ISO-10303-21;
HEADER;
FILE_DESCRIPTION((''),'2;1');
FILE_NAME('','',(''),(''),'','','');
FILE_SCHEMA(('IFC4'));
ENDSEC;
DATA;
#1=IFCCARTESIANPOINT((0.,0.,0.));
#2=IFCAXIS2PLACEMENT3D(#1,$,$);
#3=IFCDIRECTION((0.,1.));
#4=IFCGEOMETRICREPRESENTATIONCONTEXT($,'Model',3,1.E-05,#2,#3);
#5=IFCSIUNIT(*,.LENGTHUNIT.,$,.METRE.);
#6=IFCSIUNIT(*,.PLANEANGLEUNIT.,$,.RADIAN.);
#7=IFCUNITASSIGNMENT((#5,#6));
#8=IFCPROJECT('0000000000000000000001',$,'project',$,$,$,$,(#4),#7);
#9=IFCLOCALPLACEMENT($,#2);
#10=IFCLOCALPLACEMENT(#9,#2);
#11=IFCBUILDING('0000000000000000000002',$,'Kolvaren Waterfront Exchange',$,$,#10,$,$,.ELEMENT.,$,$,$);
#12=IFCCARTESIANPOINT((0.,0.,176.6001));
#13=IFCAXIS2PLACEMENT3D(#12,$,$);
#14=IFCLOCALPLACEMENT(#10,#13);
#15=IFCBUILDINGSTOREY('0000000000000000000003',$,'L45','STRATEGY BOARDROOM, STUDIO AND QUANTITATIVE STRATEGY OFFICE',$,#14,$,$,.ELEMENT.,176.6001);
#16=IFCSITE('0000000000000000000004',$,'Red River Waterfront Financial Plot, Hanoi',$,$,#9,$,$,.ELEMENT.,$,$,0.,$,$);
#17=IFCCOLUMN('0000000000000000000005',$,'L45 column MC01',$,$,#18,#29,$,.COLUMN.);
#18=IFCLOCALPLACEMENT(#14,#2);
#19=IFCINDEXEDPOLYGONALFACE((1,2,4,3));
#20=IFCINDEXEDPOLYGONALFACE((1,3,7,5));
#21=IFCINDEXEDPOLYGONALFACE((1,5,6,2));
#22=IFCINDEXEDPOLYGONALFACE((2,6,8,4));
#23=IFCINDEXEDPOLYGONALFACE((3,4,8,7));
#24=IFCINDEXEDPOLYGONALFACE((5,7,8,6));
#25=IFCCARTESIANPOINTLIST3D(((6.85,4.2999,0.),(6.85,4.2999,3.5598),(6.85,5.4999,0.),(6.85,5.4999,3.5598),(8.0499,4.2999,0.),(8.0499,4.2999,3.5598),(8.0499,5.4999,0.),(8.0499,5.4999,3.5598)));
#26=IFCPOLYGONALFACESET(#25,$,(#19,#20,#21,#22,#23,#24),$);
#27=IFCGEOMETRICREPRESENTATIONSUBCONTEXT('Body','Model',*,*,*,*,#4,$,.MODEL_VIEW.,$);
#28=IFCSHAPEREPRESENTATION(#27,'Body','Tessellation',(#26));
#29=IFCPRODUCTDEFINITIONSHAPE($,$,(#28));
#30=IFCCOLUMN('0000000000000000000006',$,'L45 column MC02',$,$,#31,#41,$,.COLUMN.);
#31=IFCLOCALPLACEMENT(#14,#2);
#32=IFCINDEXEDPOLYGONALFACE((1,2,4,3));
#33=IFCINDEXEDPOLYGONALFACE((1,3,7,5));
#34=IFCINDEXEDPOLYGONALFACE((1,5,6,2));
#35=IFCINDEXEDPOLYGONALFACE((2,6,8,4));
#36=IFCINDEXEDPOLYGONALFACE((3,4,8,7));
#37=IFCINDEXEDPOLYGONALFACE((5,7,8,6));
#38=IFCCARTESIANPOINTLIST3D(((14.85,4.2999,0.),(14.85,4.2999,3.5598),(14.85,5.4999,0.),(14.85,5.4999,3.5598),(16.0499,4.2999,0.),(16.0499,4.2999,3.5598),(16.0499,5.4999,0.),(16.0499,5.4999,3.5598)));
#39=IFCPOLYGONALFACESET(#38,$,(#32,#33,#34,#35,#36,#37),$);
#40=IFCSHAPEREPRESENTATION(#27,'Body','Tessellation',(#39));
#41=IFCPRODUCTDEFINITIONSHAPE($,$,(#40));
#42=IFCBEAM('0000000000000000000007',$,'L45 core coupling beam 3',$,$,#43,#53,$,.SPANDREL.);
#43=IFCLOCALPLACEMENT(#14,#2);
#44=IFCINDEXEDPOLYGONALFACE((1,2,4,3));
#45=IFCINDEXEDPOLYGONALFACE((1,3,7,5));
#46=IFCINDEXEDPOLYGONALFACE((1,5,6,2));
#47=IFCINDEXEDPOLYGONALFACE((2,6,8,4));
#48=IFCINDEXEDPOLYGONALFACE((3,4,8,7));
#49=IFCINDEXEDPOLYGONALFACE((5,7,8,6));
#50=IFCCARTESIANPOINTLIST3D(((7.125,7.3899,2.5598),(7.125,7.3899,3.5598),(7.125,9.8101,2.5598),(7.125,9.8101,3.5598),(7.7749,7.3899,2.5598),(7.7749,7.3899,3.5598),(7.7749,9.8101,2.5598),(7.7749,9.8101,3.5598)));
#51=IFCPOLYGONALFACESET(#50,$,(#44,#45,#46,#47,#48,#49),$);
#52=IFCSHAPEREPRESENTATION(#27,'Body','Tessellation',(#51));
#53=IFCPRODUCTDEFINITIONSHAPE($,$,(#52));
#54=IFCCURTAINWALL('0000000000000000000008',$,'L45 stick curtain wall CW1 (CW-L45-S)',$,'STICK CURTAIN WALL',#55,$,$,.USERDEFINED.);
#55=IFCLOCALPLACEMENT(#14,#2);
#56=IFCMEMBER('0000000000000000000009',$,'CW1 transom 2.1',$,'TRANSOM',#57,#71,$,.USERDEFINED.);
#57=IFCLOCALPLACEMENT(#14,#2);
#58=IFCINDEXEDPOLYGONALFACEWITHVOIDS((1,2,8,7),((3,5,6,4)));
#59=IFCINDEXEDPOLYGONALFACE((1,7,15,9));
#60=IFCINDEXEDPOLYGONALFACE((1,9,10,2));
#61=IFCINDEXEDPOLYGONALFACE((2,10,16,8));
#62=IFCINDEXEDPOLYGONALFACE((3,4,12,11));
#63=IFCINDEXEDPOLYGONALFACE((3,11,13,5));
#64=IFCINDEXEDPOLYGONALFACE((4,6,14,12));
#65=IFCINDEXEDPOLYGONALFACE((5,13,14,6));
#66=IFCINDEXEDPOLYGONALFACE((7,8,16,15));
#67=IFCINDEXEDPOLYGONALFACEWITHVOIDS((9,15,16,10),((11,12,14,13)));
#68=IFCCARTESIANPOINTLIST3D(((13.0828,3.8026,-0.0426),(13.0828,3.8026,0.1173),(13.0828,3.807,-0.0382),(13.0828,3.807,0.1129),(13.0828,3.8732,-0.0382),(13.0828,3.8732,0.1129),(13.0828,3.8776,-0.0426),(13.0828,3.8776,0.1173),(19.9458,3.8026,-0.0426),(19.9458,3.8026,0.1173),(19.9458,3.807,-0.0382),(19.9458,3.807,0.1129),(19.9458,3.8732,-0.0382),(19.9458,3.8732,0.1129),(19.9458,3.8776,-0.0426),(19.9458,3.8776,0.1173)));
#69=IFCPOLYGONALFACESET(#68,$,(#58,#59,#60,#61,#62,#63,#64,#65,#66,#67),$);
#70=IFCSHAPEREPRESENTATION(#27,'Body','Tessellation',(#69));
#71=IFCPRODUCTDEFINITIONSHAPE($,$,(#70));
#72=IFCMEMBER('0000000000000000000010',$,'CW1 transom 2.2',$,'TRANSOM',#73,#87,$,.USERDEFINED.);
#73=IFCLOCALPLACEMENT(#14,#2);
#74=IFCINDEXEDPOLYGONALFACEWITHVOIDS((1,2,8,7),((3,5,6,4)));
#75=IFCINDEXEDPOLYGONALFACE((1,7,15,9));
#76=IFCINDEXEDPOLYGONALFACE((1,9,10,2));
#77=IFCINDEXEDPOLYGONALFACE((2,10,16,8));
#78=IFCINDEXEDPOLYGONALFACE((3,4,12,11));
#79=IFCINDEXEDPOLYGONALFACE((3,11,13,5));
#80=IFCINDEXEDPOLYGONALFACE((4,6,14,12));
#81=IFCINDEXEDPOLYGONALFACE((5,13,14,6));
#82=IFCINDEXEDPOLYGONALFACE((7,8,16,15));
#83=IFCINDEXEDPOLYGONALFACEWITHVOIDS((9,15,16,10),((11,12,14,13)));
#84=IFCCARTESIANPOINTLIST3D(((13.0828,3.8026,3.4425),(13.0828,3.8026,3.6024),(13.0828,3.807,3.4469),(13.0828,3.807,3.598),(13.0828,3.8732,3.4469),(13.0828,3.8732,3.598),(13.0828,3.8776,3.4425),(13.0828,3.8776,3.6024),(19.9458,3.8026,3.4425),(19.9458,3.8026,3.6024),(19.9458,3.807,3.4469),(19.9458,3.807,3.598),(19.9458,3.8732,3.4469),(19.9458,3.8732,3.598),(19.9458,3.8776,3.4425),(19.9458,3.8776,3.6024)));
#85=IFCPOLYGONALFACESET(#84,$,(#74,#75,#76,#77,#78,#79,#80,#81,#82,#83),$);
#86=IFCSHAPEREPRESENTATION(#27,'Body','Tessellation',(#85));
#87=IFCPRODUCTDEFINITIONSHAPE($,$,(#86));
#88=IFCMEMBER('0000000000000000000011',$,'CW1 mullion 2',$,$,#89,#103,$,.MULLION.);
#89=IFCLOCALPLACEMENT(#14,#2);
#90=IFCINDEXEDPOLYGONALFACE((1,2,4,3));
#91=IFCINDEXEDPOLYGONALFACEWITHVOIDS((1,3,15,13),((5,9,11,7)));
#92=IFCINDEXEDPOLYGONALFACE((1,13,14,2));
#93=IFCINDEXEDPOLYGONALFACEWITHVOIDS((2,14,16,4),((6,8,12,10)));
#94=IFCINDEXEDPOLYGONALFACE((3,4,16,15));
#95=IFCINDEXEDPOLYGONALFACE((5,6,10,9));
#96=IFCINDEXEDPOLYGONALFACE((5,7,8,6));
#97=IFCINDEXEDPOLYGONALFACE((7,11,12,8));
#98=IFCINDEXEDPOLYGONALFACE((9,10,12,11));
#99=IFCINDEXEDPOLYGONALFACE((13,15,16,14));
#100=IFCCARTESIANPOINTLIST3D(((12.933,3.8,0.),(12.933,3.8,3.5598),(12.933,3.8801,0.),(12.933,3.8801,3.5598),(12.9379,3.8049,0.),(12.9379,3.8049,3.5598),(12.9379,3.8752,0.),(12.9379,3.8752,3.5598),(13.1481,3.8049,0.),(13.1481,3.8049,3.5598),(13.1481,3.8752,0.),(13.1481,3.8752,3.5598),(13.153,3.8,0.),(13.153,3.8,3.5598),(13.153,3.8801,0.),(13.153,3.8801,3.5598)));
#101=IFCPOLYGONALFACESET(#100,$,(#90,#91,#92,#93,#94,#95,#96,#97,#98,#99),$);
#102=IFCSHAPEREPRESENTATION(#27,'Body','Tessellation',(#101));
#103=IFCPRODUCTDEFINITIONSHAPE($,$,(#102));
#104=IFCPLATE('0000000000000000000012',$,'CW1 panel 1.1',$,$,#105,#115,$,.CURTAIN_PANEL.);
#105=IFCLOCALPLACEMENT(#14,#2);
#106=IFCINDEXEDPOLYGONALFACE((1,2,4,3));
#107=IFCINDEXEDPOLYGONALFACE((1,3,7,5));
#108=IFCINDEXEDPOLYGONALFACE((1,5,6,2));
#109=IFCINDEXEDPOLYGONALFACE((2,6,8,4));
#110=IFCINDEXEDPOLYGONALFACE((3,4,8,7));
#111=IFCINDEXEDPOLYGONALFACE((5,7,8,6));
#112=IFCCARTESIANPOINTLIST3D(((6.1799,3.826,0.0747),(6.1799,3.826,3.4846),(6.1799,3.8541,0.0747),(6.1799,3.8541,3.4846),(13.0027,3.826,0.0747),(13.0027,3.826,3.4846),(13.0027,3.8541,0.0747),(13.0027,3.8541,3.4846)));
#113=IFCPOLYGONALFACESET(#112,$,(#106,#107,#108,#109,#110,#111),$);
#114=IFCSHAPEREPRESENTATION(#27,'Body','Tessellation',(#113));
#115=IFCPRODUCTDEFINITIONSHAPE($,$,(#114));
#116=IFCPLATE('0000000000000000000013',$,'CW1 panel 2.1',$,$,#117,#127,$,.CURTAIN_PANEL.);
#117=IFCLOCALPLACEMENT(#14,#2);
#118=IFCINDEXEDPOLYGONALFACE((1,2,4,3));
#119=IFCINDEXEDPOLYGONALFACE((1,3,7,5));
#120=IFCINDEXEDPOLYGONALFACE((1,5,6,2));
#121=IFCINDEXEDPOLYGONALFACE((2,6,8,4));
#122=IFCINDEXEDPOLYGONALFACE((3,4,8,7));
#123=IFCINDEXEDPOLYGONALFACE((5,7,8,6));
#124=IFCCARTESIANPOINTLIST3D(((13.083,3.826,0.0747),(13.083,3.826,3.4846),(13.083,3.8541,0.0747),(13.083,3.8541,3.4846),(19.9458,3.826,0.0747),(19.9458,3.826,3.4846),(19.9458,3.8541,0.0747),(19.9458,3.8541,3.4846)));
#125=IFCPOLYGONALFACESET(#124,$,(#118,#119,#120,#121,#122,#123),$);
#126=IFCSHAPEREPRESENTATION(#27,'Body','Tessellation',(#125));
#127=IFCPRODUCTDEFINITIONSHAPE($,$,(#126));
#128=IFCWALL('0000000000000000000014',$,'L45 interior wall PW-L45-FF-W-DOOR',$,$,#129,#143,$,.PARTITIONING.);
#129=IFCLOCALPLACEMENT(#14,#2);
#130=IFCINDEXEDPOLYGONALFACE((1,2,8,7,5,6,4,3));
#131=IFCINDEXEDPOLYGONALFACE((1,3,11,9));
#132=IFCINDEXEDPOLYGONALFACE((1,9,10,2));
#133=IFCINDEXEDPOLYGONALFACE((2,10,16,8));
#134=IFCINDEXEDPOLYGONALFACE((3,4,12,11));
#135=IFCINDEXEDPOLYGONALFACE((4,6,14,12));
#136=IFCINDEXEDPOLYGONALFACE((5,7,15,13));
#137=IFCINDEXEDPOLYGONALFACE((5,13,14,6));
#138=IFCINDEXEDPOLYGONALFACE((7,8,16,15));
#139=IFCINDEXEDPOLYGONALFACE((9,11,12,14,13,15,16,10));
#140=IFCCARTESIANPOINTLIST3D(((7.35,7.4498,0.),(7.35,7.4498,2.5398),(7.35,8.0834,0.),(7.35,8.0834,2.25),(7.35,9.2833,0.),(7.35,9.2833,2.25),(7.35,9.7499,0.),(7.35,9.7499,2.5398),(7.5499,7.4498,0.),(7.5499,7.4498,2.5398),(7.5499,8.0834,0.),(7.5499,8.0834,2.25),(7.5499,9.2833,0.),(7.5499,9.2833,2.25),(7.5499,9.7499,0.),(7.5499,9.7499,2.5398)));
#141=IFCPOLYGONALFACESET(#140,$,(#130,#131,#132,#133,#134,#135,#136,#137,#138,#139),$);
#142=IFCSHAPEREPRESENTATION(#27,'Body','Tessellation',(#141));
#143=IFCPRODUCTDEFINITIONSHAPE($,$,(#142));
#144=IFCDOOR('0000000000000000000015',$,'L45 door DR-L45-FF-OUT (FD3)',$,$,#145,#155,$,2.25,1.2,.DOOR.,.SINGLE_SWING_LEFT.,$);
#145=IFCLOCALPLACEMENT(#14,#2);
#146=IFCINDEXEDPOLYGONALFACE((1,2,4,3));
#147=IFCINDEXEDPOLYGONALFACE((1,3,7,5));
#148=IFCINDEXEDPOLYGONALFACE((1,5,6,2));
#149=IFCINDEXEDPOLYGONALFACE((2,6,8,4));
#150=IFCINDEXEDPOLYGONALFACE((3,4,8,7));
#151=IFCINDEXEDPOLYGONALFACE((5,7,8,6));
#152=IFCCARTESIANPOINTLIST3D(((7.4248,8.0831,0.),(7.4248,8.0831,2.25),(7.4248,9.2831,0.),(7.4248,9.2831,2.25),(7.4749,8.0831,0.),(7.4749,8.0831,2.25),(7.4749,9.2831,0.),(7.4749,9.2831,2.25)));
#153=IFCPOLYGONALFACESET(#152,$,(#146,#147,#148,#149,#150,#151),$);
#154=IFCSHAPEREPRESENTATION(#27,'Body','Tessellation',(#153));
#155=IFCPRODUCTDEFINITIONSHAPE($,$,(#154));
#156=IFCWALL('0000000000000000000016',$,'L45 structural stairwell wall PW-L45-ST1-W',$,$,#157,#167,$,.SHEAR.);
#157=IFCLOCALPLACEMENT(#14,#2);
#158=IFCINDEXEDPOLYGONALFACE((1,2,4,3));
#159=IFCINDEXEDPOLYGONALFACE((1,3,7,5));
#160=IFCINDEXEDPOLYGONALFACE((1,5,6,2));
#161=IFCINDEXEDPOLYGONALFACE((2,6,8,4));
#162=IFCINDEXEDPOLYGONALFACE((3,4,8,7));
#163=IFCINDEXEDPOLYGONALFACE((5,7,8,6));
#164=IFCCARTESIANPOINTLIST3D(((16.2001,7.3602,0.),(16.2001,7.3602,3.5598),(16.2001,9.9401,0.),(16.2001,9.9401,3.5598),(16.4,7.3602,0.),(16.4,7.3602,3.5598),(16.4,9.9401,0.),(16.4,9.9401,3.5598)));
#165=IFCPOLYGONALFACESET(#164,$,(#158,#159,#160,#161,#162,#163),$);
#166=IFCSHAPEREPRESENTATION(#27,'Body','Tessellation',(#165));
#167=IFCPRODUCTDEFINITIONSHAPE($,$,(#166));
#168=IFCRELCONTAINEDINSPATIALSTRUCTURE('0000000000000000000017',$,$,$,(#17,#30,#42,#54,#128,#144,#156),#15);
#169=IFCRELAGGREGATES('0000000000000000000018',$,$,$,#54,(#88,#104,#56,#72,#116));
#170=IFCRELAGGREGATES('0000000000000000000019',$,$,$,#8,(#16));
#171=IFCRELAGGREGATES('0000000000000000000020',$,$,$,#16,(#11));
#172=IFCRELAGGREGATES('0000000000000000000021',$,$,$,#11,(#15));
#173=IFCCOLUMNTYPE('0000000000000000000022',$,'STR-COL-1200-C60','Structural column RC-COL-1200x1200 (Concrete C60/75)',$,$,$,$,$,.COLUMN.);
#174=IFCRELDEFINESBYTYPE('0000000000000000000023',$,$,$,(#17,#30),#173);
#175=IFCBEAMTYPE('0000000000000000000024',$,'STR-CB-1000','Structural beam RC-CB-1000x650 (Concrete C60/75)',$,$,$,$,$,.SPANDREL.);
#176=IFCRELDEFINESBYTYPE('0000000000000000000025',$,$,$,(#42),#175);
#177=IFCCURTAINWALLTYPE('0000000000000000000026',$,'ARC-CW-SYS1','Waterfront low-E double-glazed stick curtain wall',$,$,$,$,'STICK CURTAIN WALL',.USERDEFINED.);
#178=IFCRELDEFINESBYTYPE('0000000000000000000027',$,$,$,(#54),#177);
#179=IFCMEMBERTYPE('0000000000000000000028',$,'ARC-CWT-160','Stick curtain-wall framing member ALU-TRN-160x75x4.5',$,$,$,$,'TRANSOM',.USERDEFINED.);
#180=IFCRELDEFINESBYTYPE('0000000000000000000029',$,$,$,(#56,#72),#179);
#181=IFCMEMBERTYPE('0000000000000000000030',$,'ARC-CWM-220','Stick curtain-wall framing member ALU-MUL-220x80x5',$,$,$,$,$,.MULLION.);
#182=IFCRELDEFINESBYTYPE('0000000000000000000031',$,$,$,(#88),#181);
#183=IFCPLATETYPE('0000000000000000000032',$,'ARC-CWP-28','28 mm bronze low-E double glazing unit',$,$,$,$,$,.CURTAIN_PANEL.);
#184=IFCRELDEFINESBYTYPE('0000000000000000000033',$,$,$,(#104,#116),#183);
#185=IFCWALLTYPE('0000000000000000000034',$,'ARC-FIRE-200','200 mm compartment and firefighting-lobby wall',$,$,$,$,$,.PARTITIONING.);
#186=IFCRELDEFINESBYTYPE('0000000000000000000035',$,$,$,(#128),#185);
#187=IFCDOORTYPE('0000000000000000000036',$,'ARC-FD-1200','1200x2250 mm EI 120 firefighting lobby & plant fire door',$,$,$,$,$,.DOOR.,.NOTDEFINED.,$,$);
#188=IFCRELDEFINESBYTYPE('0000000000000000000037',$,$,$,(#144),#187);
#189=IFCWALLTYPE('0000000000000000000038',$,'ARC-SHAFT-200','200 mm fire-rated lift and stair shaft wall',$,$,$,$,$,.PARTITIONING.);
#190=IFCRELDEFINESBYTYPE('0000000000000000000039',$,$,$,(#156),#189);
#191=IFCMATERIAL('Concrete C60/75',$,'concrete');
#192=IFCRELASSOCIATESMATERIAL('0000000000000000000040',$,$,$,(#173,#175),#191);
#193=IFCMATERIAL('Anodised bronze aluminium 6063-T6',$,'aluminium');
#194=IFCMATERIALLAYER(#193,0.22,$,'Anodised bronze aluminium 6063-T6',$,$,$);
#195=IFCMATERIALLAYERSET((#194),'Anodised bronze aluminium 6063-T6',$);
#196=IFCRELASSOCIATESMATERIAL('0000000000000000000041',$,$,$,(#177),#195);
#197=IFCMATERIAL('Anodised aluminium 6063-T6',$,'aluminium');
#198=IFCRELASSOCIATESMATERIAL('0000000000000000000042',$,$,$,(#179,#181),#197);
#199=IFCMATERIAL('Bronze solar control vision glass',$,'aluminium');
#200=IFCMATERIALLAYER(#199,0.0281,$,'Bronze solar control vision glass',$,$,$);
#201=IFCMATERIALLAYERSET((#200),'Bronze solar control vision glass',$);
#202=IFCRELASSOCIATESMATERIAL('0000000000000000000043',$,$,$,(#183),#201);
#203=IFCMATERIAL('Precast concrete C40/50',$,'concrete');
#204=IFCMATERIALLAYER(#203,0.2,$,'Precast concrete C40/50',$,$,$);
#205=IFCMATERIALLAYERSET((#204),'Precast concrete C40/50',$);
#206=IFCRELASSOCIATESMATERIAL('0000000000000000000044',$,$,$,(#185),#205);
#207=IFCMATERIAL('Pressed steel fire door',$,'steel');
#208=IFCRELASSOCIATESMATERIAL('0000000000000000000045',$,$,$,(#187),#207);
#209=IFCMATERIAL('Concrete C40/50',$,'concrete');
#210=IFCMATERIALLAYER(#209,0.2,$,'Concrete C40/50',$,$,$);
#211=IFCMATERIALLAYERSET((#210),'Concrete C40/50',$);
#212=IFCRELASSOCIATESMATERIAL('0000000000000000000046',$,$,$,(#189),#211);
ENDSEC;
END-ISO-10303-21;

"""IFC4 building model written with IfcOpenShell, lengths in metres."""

from ifc_helpers import new_model, si_unit, direction, frame, frame_2d, origin, origin_with_axes, origin_2d, place, context, subcontext, project, spatial, rectangle, hollow_rectangle, extrude, source, transform, mapped, material, layer, layer_set, material_profile, profile_set, type_object, element, fill, aggregate, save


model = new_model("IFC4")

# Units and contexts
model_context = context("Model", 3, precision=1e-05, world=origin(), true_north=direction((0.0, 1.0)))
body_context = subcontext(model_context, "Body", "Model", "MODEL_VIEW")
ifc_project = project(units=[si_unit("LENGTHUNIT", "METRE"), si_unit("PLANEANGLEUNIT", "RADIAN")], contexts=[model_context])

# Site, building, storey
site_placement = place(None, origin())
site = spatial("IfcSite", under=ifc_project, at=site_placement, Name="Red River Waterfront Financial Plot, Hanoi", CompositionType="ELEMENT", RefElevation=0.0)
building_placement = place(site_placement, origin())
building = spatial("IfcBuilding", under=site, at=building_placement, Name="Kolvaren Waterfront Exchange", CompositionType="ELEMENT")
storey_placement = place(building_placement, frame((0.0, 0.0, 176.6001)))
storey = spatial("IfcBuildingStorey", under=building, at=storey_placement, Name="L45", Description="STRATEGY BOARDROOM, STUDIO AND QUANTITATIVE STRATEGY OFFICE", CompositionType="ELEMENT", Elevation=176.6001)

# Columns
ifc_material_1 = material(Name="Concrete C60/75", Category="concrete")
ifc_material_profile_1 = material_profile(ifc_material_1, rectangle(XDim=1.2, YDim=1.2, at=origin_2d()), Name="RC-COL-1200x1200")
ifc_profile_set_1 = profile_set([ifc_material_profile_1], Name="Concrete C60/75")
column_type = type_object("IfcColumnType", Name="STR-COL-1200-C60", Description="Structural column RC-COL-1200x1200 (Concrete C60/75)", PredefinedType="COLUMN", material=ifc_profile_set_1)
for number, where, z_axis, x_axis, name in (
    (1, (7.45, 4.8999, 0.0), (0.0, 0.0, 1.0), (1.0, 0.0, 0.0), "L45 column MC01"),
    (2, (15.45, 4.8999, 0.0), (0.0, 0.0, 1.0), (1.0, 0.0, 0.0), "L45 column MC02"),
):
    element("IfcColumn", number, at=place(storey_placement, frame(where, z_axis=z_axis, x_axis=x_axis)), inside=storey, type_object=column_type, Name=name, PredefinedType="COLUMN", context=body_context, shape_type="SweptSolid", body=[
        extrude(rectangle(XDim=1.2, YDim=1.2, at=origin_2d()), origin(), (0.0, 0.0, 1.0), 3.5598),
    ])

# Beam
ifc_material_profile_2 = material_profile(ifc_material_1, rectangle(XDim=0.6499, YDim=1.0, at=origin_2d()), Name="RC-CB-1000x650")
ifc_profile_set_2 = profile_set([ifc_material_profile_2], Name="Concrete C60/75")
beam_type = type_object("IfcBeamType", Name="STR-CB-1000", Description="Structural beam RC-CB-1000x650 (Concrete C60/75)", PredefinedType="SPANDREL", material=ifc_profile_set_2)
beam_placement = place(storey_placement, frame((7.45, 7.3899, 3.0598), z_axis=(0.0, 1.0, 0.0), x_axis=(-1.0, 0.0, 0.0)))
element("IfcBeam", 3, at=beam_placement, inside=storey, type_object=beam_type, Name="L45 core coupling beam 3", PredefinedType="SPANDREL", context=body_context, shape_type="SweptSolid", body=[
    extrude(rectangle(XDim=0.6499, YDim=1.0, at=origin_2d()), origin(), (0.0, 0.0, 1.0), 2.4202),
])

# Curtain wall, members, plates
ifc_material_2 = material(Name="Anodised bronze aluminium 6063-T6", Category="aluminium")
ifc_layer_1 = layer(ifc_material_2, 0.22, Name="Anodised bronze aluminium 6063-T6")
ifc_layer_set_1 = layer_set([ifc_layer_1], Name="Anodised bronze aluminium 6063-T6")
curtain_wall_type = type_object("IfcCurtainWallType", Name="ARC-CW-SYS1", Description="Waterfront low-E double-glazed stick curtain wall", ElementType="STICK CURTAIN WALL", PredefinedType="USERDEFINED", material=ifc_layer_set_1)
curtain_wall_placement = place(storey_placement, origin())
curtain_wall = element("IfcCurtainWall", 4, at=curtain_wall_placement, inside=storey, type_object=curtain_wall_type, Name="L45 stick curtain wall CW1 (CW-L45-S)", ObjectType="STICK CURTAIN WALL", PredefinedType="USERDEFINED")
ifc_material_3 = material(Name="Anodised aluminium 6063-T6", Category="aluminium")
ifc_material_profile_3 = material_profile(ifc_material_3, hollow_rectangle(XDim=0.075, YDim=0.1599, WallThickness=0.0044, at=origin_2d()), Name="ALU-TRN-160x75x4.5")
ifc_profile_set_3 = profile_set([ifc_material_profile_3], Name="Anodised aluminium 6063-T6")
member_type_1 = type_object("IfcMemberType", Name="ARC-CWT-160", Description="Stick curtain-wall framing member ALU-TRN-160x75x4.5", ElementType="TRANSOM", PredefinedType="USERDEFINED", material=ifc_profile_set_3)
shared_shape_1 = source(origin_with_axes(), body_context, "Body", "SweptSolid", [
    extrude(hollow_rectangle(XDim=0.075, YDim=0.1599, WallThickness=0.0044, at=origin_2d()), origin(), (0.0, 0.0, 1.0), 6.863),
])
member_1_placement = place(storey_placement, frame((13.0828, 3.8401, 0.0374), z_axis=(1.0, 0.0, 0.0), x_axis=(0.0, 1.0, 0.0)))
member_1 = element("IfcMember", 5, at=member_1_placement, type_object=member_type_1, Name="CW1 transom 2.1", ObjectType="TRANSOM", PredefinedType="USERDEFINED", context=body_context, shape_type="MappedRepresentation", body=[
    mapped(shared_shape_1, transform((0.0, 0.0, 0.0), x_axis=(1.0, 0.0, 0.0), y_axis=(0.0, 1.0, 0.0), z_axis=(0.0, 0.0, 1.0), scale=1.0)),
])
member_2_placement = place(storey_placement, frame((13.0828, 3.8401, 3.5225), z_axis=(1.0, 0.0, 0.0), x_axis=(0.0, 1.0, 0.0)))
member_2 = element("IfcMember", 6, at=member_2_placement, type_object=member_type_1, Name="CW1 transom 2.2", ObjectType="TRANSOM", PredefinedType="USERDEFINED", context=body_context, shape_type="MappedRepresentation", body=[
    mapped(shared_shape_1, transform((0.0, 0.0, 0.0), x_axis=(1.0, 0.0, 0.0), y_axis=(0.0, 1.0, 0.0), z_axis=(0.0, 0.0, 1.0), scale=1.0)),
])
ifc_material_profile_4 = material_profile(ifc_material_3, hollow_rectangle(XDim=0.0801, YDim=0.22, WallThickness=0.0049, at=origin_2d()), Name="ALU-MUL-220x80x5")
ifc_profile_set_4 = profile_set([ifc_material_profile_4], Name="Anodised aluminium 6063-T6")
member_type_2 = type_object("IfcMemberType", Name="ARC-CWM-220", Description="Stick curtain-wall framing member ALU-MUL-220x80x5", PredefinedType="MULLION", material=ifc_profile_set_4)
shared_shape_2 = source(origin_with_axes(), body_context, "Body", "SweptSolid", [
    extrude(hollow_rectangle(XDim=0.0801, YDim=0.22, WallThickness=0.0049, at=origin_2d()), origin(), (0.0, 0.0, 1.0), 3.5598),
])
member_3_placement = place(storey_placement, frame((13.043, 3.8401, 0.0), z_axis=(0.0, 0.0, 1.0), x_axis=(0.0, 1.0, 0.0)))
member_3 = element("IfcMember", 7, at=member_3_placement, type_object=member_type_2, Name="CW1 mullion 2", PredefinedType="MULLION", context=body_context, shape_type="MappedRepresentation", body=[
    mapped(shared_shape_2, transform((0.0, 0.0, 0.0), x_axis=(1.0, 0.0, 0.0), y_axis=(0.0, 1.0, 0.0), z_axis=(0.0, 0.0, 1.0), scale=1.0)),
])
ifc_material_4 = material(Name="Bronze solar control vision glass", Category="aluminium")
ifc_layer_2 = layer(ifc_material_4, 0.0281, Name="Bronze solar control vision glass")
ifc_layer_set_2 = layer_set([ifc_layer_2], Name="Bronze solar control vision glass")
plate_type = type_object("IfcPlateType", Name="ARC-CWP-28", Description="28 mm bronze low-E double glazing unit", PredefinedType="CURTAIN_PANEL", material=ifc_layer_set_2)
shared_shape_3 = source(origin_with_axes(), body_context, "Body", "SweptSolid", [
    extrude(rectangle(XDim=6.8228, YDim=0.0281, at=origin_2d()), origin(), (0.0, 0.0, 1.0), 3.4099),
])
plate_1_placement = place(storey_placement, frame((9.5913, 3.8401, 0.0747), z_axis=(0.0, 0.0, 1.0), x_axis=(1.0, 0.0, 0.0)))
plate_1 = element("IfcPlate", 8, at=plate_1_placement, type_object=plate_type, Name="CW1 panel 1.1", PredefinedType="CURTAIN_PANEL", context=body_context, shape_type="MappedRepresentation", body=[
    mapped(shared_shape_3, transform((0.0, 0.0, 0.0), x_axis=(1.0, 0.0, 0.0), y_axis=(0.0, 1.0, 0.0), z_axis=(0.0, 0.0, 1.0), scale=1.0)),
])
shared_shape_4 = source(origin_with_axes(), body_context, "Body", "SweptSolid", [
    extrude(rectangle(XDim=6.8628, YDim=0.0281, at=origin_2d()), origin(), (0.0, 0.0, 1.0), 3.4099),
])
plate_2_placement = place(storey_placement, frame((16.5144, 3.8401, 0.0747), z_axis=(0.0, 0.0, 1.0), x_axis=(1.0, 0.0, 0.0)))
plate_2 = element("IfcPlate", 9, at=plate_2_placement, type_object=plate_type, Name="CW1 panel 2.1", PredefinedType="CURTAIN_PANEL", context=body_context, shape_type="MappedRepresentation", body=[
    mapped(shared_shape_4, transform((0.0, 0.0, 0.0), x_axis=(1.0, 0.0, 0.0), y_axis=(0.0, 1.0, 0.0), z_axis=(0.0, 0.0, 1.0), scale=1.0)),
])
aggregate(curtain_wall, [member_3, plate_1, member_1, member_2, plate_2])

# Wall, opening, door
ifc_material_5 = material(Name="Precast concrete C40/50", Category="concrete")
ifc_layer_3 = layer(ifc_material_5, 0.2, Name="Precast concrete C40/50")
ifc_layer_set_3 = layer_set([ifc_layer_3], Name="Precast concrete C40/50")
wall_type_1 = type_object("IfcWallType", Name="ARC-FIRE-200", Description="200 mm compartment and firefighting-lobby wall", PredefinedType="PARTITIONING", material=ifc_layer_set_3)
wall_1_placement = place(storey_placement, frame((7.45, 7.45, 0.0), z_axis=(0.0, 0.0, 1.0), x_axis=(0.0, 1.0, 0.0)))
wall_1 = element("IfcWall", 10, at=wall_1_placement, inside=storey, type_object=wall_type_1, Name="L45 interior wall PW-L45-FF-W-DOOR", PredefinedType="PARTITIONING", context=body_context, shape_type="SweptSolid", body=[
    extrude(rectangle(XDim=2.3, YDim=0.2, at=frame_2d((1.1499, 0.0))), origin(), (0.0, 0.0, 1.0), 2.5398),
])
opening_1_placement = place(wall_1_placement, frame((0.6333, 0.0, 0.0)))
opening_1 = element("IfcOpeningElement", 11, at=opening_1_placement, cuts=wall_1, PredefinedType="OPENING", context=body_context, shape_type="SweptSolid", body=[
    extrude(rectangle(XDim=1.2, YDim=2.25, at=frame_2d((0.6001, 1.125))), frame((0.0, 0.1099, 0.0), z_axis=(0.0, -1.0, 0.0), x_axis=(1.0, 0.0, 0.0)), (0.0, 0.0, 1.0), 0.22),
])
ifc_material_6 = material(Name="Pressed steel fire door", Category="steel")
door_type_1 = type_object("IfcDoorType", Name="ARC-FD-1200", Description="1200x2250 mm EI 120 firefighting lobby & plant fire door", OperationType="NOTDEFINED", PredefinedType="DOOR", material=ifc_material_6)
door_1_placement = place(opening_1_placement, frame((1.2, 0.0, 0.0), z_axis=(0.0, 0.0, 1.0), x_axis=(-1.0, 0.0, 0.0)))
door_1 = element("IfcDoor", 12, at=door_1_placement, inside=storey, type_object=door_type_1, Name="L45 door DR-L45-FF-OUT (FD3)", OperationType="SINGLE_SWING_LEFT", OverallHeight=2.25, OverallWidth=1.2, PredefinedType="DOOR", context=body_context, shape_type="SweptSolid", body=[
    extrude(rectangle(XDim=1.2, YDim=2.25, at=frame_2d((0.6001, 1.125))), frame((0.0, 0.0249, 0.0), z_axis=(0.0, -1.0, 0.0), x_axis=(1.0, 0.0, 0.0)), (0.0, 0.0, 1.0), 0.05),
])
fill(opening_1, door_1)

# Wall
ifc_material_7 = material(Name="Concrete C40/50", Category="concrete")
ifc_layer_4 = layer(ifc_material_7, 0.2, Name="Concrete C40/50")
ifc_layer_set_4 = layer_set([ifc_layer_4], Name="Concrete C40/50")
wall_type_2 = type_object("IfcWallType", Name="ARC-SHAFT-200", Description="200 mm fire-rated lift and stair shaft wall", PredefinedType="PARTITIONING", material=ifc_layer_set_4)
wall_2_placement = place(storey_placement, frame((16.3, 7.3601, 0.0), z_axis=(0.0, 0.0, 1.0), x_axis=(0.0, 1.0, 0.0)))
element("IfcWall", 13, at=wall_2_placement, inside=storey, type_object=wall_type_2, Name="L45 structural stairwell wall PW-L45-ST1-W", PredefinedType="SHEAR", context=body_context, shape_type="SweptSolid", body=[
    extrude(rectangle(XDim=2.5798, YDim=0.2, at=frame_2d((1.29, 0.0))), origin(), (0.0, 0.0, 1.0), 3.5598),
])

save(model, "model.ifc")
